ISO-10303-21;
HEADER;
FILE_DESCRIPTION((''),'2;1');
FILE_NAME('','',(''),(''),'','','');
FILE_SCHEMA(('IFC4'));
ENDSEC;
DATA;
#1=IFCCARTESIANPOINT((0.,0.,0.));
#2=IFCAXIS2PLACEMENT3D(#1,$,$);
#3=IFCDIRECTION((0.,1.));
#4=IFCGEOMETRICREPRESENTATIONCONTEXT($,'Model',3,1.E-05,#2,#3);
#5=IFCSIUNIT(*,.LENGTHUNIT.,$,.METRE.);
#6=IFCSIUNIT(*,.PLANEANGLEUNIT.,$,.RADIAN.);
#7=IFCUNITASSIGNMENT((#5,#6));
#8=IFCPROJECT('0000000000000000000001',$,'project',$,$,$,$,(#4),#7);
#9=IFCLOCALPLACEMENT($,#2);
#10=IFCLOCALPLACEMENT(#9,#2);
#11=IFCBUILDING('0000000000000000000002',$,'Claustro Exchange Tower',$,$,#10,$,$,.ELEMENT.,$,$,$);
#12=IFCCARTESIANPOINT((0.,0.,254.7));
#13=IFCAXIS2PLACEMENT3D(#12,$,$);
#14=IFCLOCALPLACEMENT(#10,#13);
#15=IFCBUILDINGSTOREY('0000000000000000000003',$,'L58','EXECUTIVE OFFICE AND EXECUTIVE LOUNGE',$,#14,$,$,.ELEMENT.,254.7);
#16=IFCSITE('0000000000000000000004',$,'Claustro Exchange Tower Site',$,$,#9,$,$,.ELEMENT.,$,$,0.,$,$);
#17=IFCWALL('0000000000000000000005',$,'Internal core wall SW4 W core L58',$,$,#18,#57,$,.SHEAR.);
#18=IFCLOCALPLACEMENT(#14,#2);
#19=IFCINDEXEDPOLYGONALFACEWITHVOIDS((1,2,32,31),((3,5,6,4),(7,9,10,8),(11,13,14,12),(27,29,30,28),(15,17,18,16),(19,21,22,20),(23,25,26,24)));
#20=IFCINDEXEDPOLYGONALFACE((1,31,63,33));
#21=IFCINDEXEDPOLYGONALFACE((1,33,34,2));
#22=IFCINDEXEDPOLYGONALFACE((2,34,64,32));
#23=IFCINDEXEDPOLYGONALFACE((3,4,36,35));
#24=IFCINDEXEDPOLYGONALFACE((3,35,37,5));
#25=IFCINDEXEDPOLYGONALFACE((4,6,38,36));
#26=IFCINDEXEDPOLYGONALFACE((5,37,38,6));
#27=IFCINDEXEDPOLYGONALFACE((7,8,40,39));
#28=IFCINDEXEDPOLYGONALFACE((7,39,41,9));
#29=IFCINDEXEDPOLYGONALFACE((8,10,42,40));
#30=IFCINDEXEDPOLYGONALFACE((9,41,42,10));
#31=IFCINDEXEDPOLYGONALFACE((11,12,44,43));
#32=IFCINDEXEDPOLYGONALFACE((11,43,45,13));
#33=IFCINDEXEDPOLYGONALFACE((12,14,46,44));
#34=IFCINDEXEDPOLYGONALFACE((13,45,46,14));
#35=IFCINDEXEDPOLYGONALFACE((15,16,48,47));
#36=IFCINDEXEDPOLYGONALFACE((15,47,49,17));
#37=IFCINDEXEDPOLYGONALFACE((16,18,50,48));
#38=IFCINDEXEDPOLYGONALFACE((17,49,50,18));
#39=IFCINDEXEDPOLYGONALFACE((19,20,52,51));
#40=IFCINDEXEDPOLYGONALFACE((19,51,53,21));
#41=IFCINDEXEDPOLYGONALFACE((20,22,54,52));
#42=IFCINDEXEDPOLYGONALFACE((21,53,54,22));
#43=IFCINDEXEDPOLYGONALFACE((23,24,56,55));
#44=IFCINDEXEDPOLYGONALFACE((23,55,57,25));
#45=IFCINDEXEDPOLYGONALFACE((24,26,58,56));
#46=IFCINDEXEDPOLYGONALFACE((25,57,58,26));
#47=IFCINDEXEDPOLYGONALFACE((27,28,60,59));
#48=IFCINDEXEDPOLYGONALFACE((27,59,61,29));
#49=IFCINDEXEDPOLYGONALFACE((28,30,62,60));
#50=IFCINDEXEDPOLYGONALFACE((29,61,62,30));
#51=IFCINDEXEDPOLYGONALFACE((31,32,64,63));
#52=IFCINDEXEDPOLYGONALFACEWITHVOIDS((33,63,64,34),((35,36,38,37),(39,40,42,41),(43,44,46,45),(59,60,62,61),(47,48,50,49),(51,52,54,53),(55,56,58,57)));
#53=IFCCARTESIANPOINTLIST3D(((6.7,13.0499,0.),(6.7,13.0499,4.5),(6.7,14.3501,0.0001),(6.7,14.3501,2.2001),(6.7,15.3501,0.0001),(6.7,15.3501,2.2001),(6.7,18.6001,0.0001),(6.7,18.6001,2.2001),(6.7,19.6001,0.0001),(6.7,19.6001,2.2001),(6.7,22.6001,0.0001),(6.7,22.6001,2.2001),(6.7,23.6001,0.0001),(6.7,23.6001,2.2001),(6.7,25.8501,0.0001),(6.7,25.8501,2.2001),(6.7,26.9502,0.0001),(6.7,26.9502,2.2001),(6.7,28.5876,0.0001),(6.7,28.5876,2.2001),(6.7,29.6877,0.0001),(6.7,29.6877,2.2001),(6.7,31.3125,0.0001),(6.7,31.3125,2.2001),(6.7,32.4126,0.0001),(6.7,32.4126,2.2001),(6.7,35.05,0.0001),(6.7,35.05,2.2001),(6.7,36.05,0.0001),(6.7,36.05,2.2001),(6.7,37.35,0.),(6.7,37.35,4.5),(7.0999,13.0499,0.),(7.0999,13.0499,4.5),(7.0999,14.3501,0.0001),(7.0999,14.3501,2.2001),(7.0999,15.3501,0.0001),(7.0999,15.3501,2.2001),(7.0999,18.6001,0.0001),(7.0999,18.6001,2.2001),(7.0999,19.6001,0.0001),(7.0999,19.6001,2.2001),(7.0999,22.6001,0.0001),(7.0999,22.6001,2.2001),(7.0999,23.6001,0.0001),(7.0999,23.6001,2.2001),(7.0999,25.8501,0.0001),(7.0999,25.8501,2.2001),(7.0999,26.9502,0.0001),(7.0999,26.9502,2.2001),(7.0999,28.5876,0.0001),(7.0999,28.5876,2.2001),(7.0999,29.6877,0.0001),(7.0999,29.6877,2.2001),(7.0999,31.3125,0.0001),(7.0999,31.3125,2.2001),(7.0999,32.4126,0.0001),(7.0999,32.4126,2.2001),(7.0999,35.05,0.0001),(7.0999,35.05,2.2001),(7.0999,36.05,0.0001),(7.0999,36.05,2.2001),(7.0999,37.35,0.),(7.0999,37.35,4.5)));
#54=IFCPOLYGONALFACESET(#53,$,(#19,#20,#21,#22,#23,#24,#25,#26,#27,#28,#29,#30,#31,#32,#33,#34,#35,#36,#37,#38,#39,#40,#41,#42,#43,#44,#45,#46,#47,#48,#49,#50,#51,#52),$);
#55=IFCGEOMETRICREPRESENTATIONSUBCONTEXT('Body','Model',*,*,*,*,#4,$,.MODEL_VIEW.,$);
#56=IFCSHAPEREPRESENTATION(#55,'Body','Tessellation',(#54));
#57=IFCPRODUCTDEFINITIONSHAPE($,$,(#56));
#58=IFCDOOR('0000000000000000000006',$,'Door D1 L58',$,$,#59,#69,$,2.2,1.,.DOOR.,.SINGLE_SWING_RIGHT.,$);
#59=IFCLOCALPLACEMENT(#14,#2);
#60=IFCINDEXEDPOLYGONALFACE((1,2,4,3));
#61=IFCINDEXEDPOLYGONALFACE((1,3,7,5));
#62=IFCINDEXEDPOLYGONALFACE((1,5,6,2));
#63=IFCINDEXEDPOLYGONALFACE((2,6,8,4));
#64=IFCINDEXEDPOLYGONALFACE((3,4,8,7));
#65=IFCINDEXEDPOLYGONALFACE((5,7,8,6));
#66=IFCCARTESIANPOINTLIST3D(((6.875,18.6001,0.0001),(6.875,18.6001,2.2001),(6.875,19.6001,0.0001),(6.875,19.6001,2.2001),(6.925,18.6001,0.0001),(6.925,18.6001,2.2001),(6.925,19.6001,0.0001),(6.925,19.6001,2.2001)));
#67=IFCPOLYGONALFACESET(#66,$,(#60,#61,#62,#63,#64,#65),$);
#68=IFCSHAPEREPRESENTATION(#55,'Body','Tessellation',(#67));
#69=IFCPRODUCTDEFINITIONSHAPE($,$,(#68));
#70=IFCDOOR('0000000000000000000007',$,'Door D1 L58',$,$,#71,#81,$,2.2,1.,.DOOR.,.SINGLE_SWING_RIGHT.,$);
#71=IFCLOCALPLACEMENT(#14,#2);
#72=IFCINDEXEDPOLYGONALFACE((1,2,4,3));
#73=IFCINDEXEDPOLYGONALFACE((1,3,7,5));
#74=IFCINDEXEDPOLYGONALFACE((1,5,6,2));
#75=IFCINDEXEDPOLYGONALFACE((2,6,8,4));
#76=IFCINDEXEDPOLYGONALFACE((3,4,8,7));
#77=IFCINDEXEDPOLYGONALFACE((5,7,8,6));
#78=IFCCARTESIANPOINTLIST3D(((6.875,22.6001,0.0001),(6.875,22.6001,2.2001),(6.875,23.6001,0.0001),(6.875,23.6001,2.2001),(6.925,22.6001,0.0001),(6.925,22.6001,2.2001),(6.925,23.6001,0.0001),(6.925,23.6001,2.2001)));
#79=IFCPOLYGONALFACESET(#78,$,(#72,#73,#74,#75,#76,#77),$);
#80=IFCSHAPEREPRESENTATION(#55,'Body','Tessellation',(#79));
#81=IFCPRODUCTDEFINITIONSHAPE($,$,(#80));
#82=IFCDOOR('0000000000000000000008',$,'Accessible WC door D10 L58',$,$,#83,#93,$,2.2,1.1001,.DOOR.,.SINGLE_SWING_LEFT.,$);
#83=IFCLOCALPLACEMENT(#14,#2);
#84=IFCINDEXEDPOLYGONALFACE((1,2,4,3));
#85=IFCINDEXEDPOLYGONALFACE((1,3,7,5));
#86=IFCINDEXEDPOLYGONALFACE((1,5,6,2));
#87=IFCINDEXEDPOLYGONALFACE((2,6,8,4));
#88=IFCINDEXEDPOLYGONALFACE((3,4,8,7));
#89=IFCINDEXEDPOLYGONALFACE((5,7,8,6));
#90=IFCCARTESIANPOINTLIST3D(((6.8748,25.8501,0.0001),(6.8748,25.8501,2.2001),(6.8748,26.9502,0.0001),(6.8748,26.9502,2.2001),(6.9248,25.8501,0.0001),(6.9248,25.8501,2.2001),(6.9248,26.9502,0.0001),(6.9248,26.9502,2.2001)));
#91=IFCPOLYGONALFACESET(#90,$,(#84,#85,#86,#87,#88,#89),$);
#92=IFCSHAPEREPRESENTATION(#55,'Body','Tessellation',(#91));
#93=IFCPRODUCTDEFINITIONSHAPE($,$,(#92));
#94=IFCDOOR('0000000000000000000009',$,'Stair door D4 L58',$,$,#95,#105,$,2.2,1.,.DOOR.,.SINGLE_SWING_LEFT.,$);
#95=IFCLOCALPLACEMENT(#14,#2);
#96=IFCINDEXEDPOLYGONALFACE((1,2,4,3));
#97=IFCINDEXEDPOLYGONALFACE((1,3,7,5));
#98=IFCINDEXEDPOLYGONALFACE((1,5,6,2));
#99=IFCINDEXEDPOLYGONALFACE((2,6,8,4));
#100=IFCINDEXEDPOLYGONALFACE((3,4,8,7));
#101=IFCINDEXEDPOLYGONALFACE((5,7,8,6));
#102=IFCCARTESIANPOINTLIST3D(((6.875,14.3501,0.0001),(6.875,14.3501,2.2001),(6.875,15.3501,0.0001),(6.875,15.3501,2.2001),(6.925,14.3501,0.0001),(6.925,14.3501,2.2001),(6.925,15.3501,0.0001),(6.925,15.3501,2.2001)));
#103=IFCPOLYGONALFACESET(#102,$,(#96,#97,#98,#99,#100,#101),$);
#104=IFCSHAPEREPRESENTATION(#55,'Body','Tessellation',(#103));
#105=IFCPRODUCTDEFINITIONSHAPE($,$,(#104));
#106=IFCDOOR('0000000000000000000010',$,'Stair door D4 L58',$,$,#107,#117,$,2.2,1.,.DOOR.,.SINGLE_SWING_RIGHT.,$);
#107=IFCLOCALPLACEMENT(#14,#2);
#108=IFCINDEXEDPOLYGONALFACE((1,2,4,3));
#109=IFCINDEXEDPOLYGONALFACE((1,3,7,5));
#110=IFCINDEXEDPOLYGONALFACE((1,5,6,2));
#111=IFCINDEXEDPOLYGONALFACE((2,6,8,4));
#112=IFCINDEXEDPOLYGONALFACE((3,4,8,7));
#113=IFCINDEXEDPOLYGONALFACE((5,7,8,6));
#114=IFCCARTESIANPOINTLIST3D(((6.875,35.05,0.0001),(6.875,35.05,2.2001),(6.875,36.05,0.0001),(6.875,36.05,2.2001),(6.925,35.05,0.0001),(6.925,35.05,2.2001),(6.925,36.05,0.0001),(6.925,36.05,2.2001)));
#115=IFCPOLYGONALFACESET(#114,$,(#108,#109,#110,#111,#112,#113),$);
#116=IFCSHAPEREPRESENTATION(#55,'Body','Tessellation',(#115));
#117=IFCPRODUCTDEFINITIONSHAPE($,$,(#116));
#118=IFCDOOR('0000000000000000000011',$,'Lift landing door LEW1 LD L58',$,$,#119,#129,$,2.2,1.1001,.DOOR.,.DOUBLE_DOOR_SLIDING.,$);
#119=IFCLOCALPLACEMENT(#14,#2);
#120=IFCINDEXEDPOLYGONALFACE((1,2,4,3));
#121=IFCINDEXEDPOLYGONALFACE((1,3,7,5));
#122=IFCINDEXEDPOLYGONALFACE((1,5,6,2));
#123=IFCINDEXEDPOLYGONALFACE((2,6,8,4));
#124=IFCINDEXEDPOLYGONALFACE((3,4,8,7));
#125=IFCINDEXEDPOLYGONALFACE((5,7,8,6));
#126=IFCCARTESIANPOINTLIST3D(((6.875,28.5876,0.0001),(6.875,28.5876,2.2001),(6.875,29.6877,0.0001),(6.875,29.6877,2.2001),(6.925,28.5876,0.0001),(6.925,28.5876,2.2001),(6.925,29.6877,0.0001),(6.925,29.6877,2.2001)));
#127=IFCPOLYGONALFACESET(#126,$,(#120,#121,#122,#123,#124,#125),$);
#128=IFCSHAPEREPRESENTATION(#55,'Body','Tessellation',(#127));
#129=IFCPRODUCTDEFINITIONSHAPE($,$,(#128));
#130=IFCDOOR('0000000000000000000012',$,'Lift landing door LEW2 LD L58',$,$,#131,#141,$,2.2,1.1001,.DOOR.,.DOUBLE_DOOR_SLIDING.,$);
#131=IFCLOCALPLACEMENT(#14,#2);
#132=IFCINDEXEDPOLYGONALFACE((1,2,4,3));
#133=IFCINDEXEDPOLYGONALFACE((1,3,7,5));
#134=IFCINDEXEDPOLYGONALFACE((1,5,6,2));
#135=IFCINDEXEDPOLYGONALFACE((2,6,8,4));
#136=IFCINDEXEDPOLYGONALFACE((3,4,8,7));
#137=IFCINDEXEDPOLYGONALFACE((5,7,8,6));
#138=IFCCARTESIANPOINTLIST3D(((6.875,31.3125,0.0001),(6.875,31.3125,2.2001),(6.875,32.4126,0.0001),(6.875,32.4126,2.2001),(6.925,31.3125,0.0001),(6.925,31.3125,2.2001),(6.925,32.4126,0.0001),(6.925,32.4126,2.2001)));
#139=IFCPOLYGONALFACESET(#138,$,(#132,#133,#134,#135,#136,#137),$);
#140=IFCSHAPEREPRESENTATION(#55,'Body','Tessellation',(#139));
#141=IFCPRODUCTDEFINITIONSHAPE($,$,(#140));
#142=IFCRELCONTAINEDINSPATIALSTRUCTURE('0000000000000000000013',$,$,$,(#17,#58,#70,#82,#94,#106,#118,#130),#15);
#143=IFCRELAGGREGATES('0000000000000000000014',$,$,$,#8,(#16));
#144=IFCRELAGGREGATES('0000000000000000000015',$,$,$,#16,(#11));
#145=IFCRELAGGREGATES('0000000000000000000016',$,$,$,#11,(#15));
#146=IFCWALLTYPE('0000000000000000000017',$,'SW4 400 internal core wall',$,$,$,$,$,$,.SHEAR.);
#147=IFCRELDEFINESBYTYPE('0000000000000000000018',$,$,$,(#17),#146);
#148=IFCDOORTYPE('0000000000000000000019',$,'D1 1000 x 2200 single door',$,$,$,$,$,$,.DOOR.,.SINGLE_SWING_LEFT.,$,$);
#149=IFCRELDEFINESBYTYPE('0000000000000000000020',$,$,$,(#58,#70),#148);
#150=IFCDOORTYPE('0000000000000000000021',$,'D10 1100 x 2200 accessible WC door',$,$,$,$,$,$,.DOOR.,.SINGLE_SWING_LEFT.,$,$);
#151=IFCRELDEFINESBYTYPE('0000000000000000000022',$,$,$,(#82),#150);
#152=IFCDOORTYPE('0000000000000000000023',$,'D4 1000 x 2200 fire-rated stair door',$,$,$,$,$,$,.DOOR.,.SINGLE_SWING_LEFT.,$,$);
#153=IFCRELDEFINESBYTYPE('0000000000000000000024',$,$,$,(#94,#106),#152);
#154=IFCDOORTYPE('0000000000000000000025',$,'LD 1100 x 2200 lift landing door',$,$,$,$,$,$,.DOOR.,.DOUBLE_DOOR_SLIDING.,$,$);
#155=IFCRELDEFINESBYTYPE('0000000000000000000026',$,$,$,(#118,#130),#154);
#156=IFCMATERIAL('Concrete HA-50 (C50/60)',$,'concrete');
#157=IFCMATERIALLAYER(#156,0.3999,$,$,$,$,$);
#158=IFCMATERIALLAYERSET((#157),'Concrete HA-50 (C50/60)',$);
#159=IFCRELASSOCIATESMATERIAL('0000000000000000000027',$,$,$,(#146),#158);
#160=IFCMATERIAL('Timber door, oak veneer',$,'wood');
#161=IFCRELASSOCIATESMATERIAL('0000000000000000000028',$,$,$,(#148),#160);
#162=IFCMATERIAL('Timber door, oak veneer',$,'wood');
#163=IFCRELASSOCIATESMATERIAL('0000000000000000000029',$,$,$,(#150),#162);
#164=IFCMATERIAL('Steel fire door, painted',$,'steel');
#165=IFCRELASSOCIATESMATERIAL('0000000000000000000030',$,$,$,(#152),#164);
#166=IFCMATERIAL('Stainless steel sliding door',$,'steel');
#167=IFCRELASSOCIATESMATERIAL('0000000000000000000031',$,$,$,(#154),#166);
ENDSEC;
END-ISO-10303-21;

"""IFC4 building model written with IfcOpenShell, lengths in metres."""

from ifc_helpers import new_model, si_unit, direction, frame, frame_2d, origin, place, context, subcontext, project, spatial, rectangle, extrude, material, layer, layer_set, type_object, element, fill, save


model = new_model("IFC4")

# Units and contexts
model_context = context("Model", 3, precision=1e-05, world=origin(), true_north=direction((0.0, 1.0)))
body_context = subcontext(model_context, "Body", "Model", "MODEL_VIEW")
ifc_project = project(units=[si_unit("LENGTHUNIT", "METRE"), si_unit("PLANEANGLEUNIT", "RADIAN")], contexts=[model_context])

# Site, building, storey
site_placement = place(None, origin())
site = spatial("IfcSite", under=ifc_project, at=site_placement, Name="Claustro Exchange Tower Site", CompositionType="ELEMENT", RefElevation=0.0)
building_placement = place(site_placement, origin())
building = spatial("IfcBuilding", under=site, at=building_placement, Name="Claustro Exchange Tower", CompositionType="ELEMENT")
storey_placement = place(building_placement, frame((0.0, 0.0, 254.7)))
storey = spatial("IfcBuildingStorey", under=building, at=storey_placement, Name="L58", Description="EXECUTIVE OFFICE AND EXECUTIVE LOUNGE", CompositionType="ELEMENT", Elevation=254.7)

# Wall, openings, doors
ifc_material_1 = material(Name="Concrete HA-50 (C50/60)", Category="concrete")
ifc_layer_1 = layer(ifc_material_1, 0.3999)
ifc_layer_set_1 = layer_set([ifc_layer_1], Name="Concrete HA-50 (C50/60)")
wall_type_1 = type_object("IfcWallType", Name="SW4 400 internal core wall", PredefinedType="SHEAR", material=ifc_layer_set_1)
wall_1_placement = place(storey_placement, frame((6.8999, 13.05, 0.0), z_axis=(0.0, 0.0, 1.0), x_axis=(0.0, 1.0, 0.0)))
wall_1 = element("IfcWall", 1, at=wall_1_placement, inside=storey, type_object=wall_type_1, Name="Internal core wall SW4 W core L58", PredefinedType="SHEAR", context=body_context, shape_type="SweptSolid", body=[
    extrude(rectangle(XDim=24.3, YDim=0.3999, at=frame_2d((12.1499, 0.0))), origin(), (0.0, 0.0, 1.0), 4.5),
])
opening_1_placement = place(wall_1_placement, frame((1.3, 0.0, 0.0)))
opening_1 = element("IfcOpeningElement", 2, at=opening_1_placement, cuts=wall_1, PredefinedType="OPENING", context=body_context, shape_type="SweptSolid", body=[
    extrude(rectangle(XDim=1.0, YDim=2.2, at=frame_2d((0.5, 1.1001))), frame((0.0, 0.21, 0.0), z_axis=(0.0, -1.0, 0.0), x_axis=(1.0, 0.0, 0.0)), (0.0, 0.0, 1.0), 0.4199),
])
opening_2_placement = place(wall_1_placement, frame((22.0, 0.0, 0.0)))
opening_2 = element("IfcOpeningElement", 3, at=opening_2_placement, cuts=wall_1, PredefinedType="OPENING", context=body_context, shape_type="SweptSolid", body=[
    extrude(rectangle(XDim=1.0, YDim=2.2, at=frame_2d((0.5, 1.1001))), frame((0.0, 0.21, 0.0), z_axis=(0.0, -1.0, 0.0), x_axis=(1.0, 0.0, 0.0)), (0.0, 0.0, 1.0), 0.4199),
])
opening_3_placement = place(wall_1_placement, frame((5.55, 0.0, 0.0)))
opening_3 = element("IfcOpeningElement", 4, at=opening_3_placement, cuts=wall_1, PredefinedType="OPENING", context=body_context, shape_type="SweptSolid", body=[
    extrude(rectangle(XDim=1.0, YDim=2.2, at=frame_2d((0.5, 1.1001))), frame((0.0, 0.21, 0.0), z_axis=(0.0, -1.0, 0.0), x_axis=(1.0, 0.0, 0.0)), (0.0, 0.0, 1.0), 0.4199),
])
opening_4_placement = place(wall_1_placement, frame((9.55, 0.0, 0.0)))
opening_4 = element("IfcOpeningElement", 5, at=opening_4_placement, cuts=wall_1, PredefinedType="OPENING", context=body_context, shape_type="SweptSolid", body=[
    extrude(rectangle(XDim=1.0, YDim=2.2, at=frame_2d((0.5, 1.1001))), frame((0.0, 0.21, 0.0), z_axis=(0.0, -1.0, 0.0), x_axis=(1.0, 0.0, 0.0)), (0.0, 0.0, 1.0), 0.4199),
])
opening_5_placement = place(wall_1_placement, frame((12.8, 0.0, 0.0)))
opening_5 = element("IfcOpeningElement", 6, at=opening_5_placement, cuts=wall_1, PredefinedType="OPENING", context=body_context, shape_type="SweptSolid", body=[
    extrude(rectangle(XDim=1.1001, YDim=2.2, at=frame_2d((0.55, 1.1001))), frame((0.0, 0.21, 0.0), z_axis=(0.0, -1.0, 0.0), x_axis=(1.0, 0.0, 0.0)), (0.0, 0.0, 1.0), 0.4199),
])
opening_6_placement = place(wall_1_placement, frame((15.5376, 0.0, 0.0)))
opening_6 = element("IfcOpeningElement", 7, at=opening_6_placement, cuts=wall_1, PredefinedType="OPENING", context=body_context, shape_type="SweptSolid", body=[
    extrude(rectangle(XDim=1.1001, YDim=2.2, at=frame_2d((0.55, 1.1001))), frame((0.0, 0.21, 0.0), z_axis=(0.0, -1.0, 0.0), x_axis=(1.0, 0.0, 0.0)), (0.0, 0.0, 1.0), 0.4199),
])
opening_7_placement = place(wall_1_placement, frame((18.2625, 0.0, 0.0)))
opening_7 = element("IfcOpeningElement", 8, at=opening_7_placement, cuts=wall_1, PredefinedType="OPENING", context=body_context, shape_type="SweptSolid", body=[
    extrude(rectangle(XDim=1.1001, YDim=2.2, at=frame_2d((0.55, 1.1001))), frame((0.0, 0.21, 0.0), z_axis=(0.0, -1.0, 0.0), x_axis=(1.0, 0.0, 0.0)), (0.0, 0.0, 1.0), 0.4199),
])
ifc_material_2 = material(Name="Timber door, oak veneer", Category="wood")
door_type_1 = type_object("IfcDoorType", Name="D1 1000 x 2200 single door", OperationType="SINGLE_SWING_LEFT", PredefinedType="DOOR", material=ifc_material_2)
door_1_placement = place(opening_3_placement, origin())
door_1 = element("IfcDoor", 9, at=door_1_placement, inside=storey, type_object=door_type_1, Name="Door D1 L58", OperationType="SINGLE_SWING_RIGHT", OverallHeight=2.2, OverallWidth=1.0, PredefinedType="DOOR", context=body_context, shape_type="SweptSolid", body=[
    extrude(rectangle(XDim=1.0, YDim=2.2, at=frame_2d((0.5, 1.1001))), frame((0.0, 0.0249, 0.0), z_axis=(0.0, -1.0, 0.0), x_axis=(1.0, 0.0, 0.0)), (0.0, 0.0, 1.0), 0.05),
])
fill(opening_3, door_1)
door_2_placement = place(opening_4_placement, origin())
door_2 = element("IfcDoor", 10, at=door_2_placement, inside=storey, type_object=door_type_1, Name="Door D1 L58", OperationType="SINGLE_SWING_RIGHT", OverallHeight=2.2, OverallWidth=1.0, PredefinedType="DOOR", context=body_context, shape_type="SweptSolid", body=[
    extrude(rectangle(XDim=1.0, YDim=2.2, at=frame_2d((0.5, 1.1001))), frame((0.0, 0.0249, 0.0), z_axis=(0.0, -1.0, 0.0), x_axis=(1.0, 0.0, 0.0)), (0.0, 0.0, 1.0), 0.05),
])
fill(opening_4, door_2)
ifc_material_3 = material(Name="Timber door, oak veneer", Category="wood")
door_type_2 = type_object("IfcDoorType", Name="D10 1100 x 2200 accessible WC door", OperationType="SINGLE_SWING_LEFT", PredefinedType="DOOR", material=ifc_material_3)
door_3_placement = place(opening_5_placement, frame((1.1001, 0.0, 0.0), z_axis=(0.0, 0.0, 1.0), x_axis=(-1.0, 0.0, 0.0)))
door_3 = element("IfcDoor", 11, at=door_3_placement, inside=storey, type_object=door_type_2, Name="Accessible WC door D10 L58", OperationType="SINGLE_SWING_LEFT", OverallHeight=2.2, OverallWidth=1.1001, PredefinedType="DOOR", context=body_context, shape_type="SweptSolid", body=[
    extrude(rectangle(XDim=1.1001, YDim=2.2, at=frame_2d((0.55, 1.1001))), frame((0.0, 0.0249, 0.0), z_axis=(0.0, -1.0, 0.0), x_axis=(1.0, 0.0, 0.0)), (0.0, 0.0, 1.0), 0.05),
])
fill(opening_5, door_3)
ifc_material_4 = material(Name="Steel fire door, painted", Category="steel")
door_type_3 = type_object("IfcDoorType", Name="D4 1000 x 2200 fire-rated stair door", OperationType="SINGLE_SWING_LEFT", PredefinedType="DOOR", material=ifc_material_4)
door_4_placement = place(opening_1_placement, origin())
door_4 = element("IfcDoor", 12, at=door_4_placement, inside=storey, type_object=door_type_3, Name="Stair door D4 L58", OperationType="SINGLE_SWING_LEFT", OverallHeight=2.2, OverallWidth=1.0, PredefinedType="DOOR", context=body_context, shape_type="SweptSolid", body=[
    extrude(rectangle(XDim=1.0, YDim=2.2, at=frame_2d((0.5, 1.1001))), frame((0.0, 0.0249, 0.0), z_axis=(0.0, -1.0, 0.0), x_axis=(1.0, 0.0, 0.0)), (0.0, 0.0, 1.0), 0.05),
])
fill(opening_1, door_4)
door_5_placement = place(opening_2_placement, origin())
door_5 = element("IfcDoor", 13, at=door_5_placement, inside=storey, type_object=door_type_3, Name="Stair door D4 L58", OperationType="SINGLE_SWING_RIGHT", OverallHeight=2.2, OverallWidth=1.0, PredefinedType="DOOR", context=body_context, shape_type="SweptSolid", body=[
    extrude(rectangle(XDim=1.0, YDim=2.2, at=frame_2d((0.5, 1.1001))), frame((0.0, 0.0249, 0.0), z_axis=(0.0, -1.0, 0.0), x_axis=(1.0, 0.0, 0.0)), (0.0, 0.0, 1.0), 0.05),
])
fill(opening_2, door_5)
ifc_material_5 = material(Name="Stainless steel sliding door", Category="steel")
door_type_4 = type_object("IfcDoorType", Name="LD 1100 x 2200 lift landing door", OperationType="DOUBLE_DOOR_SLIDING", PredefinedType="DOOR", material=ifc_material_5)
door_6_placement = place(opening_6_placement, origin())
door_6 = element("IfcDoor", 14, at=door_6_placement, inside=storey, type_object=door_type_4, Name="Lift landing door LEW1 LD L58", OperationType="DOUBLE_DOOR_SLIDING", OverallHeight=2.2, OverallWidth=1.1001, PredefinedType="DOOR", context=body_context, shape_type="SweptSolid", body=[
    extrude(rectangle(XDim=1.1001, YDim=2.2, at=frame_2d((0.55, 1.1001))), frame((0.0, 0.0249, 0.0), z_axis=(0.0, -1.0, 0.0), x_axis=(1.0, 0.0, 0.0)), (0.0, 0.0, 1.0), 0.05),
])
fill(opening_6, door_6)
door_7_placement = place(opening_7_placement, origin())
door_7 = element("IfcDoor", 15, at=door_7_placement, inside=storey, type_object=door_type_4, Name="Lift landing door LEW2 LD L58", OperationType="DOUBLE_DOOR_SLIDING", OverallHeight=2.2, OverallWidth=1.1001, PredefinedType="DOOR", context=body_context, shape_type="SweptSolid", body=[
    extrude(rectangle(XDim=1.1001, YDim=2.2, at=frame_2d((0.55, 1.1001))), frame((0.0, 0.0249, 0.0), z_axis=(0.0, -1.0, 0.0), x_axis=(1.0, 0.0, 0.0)), (0.0, 0.0, 1.0), 0.05),
])
fill(opening_7, door_7)

save(model, "model.ifc")
